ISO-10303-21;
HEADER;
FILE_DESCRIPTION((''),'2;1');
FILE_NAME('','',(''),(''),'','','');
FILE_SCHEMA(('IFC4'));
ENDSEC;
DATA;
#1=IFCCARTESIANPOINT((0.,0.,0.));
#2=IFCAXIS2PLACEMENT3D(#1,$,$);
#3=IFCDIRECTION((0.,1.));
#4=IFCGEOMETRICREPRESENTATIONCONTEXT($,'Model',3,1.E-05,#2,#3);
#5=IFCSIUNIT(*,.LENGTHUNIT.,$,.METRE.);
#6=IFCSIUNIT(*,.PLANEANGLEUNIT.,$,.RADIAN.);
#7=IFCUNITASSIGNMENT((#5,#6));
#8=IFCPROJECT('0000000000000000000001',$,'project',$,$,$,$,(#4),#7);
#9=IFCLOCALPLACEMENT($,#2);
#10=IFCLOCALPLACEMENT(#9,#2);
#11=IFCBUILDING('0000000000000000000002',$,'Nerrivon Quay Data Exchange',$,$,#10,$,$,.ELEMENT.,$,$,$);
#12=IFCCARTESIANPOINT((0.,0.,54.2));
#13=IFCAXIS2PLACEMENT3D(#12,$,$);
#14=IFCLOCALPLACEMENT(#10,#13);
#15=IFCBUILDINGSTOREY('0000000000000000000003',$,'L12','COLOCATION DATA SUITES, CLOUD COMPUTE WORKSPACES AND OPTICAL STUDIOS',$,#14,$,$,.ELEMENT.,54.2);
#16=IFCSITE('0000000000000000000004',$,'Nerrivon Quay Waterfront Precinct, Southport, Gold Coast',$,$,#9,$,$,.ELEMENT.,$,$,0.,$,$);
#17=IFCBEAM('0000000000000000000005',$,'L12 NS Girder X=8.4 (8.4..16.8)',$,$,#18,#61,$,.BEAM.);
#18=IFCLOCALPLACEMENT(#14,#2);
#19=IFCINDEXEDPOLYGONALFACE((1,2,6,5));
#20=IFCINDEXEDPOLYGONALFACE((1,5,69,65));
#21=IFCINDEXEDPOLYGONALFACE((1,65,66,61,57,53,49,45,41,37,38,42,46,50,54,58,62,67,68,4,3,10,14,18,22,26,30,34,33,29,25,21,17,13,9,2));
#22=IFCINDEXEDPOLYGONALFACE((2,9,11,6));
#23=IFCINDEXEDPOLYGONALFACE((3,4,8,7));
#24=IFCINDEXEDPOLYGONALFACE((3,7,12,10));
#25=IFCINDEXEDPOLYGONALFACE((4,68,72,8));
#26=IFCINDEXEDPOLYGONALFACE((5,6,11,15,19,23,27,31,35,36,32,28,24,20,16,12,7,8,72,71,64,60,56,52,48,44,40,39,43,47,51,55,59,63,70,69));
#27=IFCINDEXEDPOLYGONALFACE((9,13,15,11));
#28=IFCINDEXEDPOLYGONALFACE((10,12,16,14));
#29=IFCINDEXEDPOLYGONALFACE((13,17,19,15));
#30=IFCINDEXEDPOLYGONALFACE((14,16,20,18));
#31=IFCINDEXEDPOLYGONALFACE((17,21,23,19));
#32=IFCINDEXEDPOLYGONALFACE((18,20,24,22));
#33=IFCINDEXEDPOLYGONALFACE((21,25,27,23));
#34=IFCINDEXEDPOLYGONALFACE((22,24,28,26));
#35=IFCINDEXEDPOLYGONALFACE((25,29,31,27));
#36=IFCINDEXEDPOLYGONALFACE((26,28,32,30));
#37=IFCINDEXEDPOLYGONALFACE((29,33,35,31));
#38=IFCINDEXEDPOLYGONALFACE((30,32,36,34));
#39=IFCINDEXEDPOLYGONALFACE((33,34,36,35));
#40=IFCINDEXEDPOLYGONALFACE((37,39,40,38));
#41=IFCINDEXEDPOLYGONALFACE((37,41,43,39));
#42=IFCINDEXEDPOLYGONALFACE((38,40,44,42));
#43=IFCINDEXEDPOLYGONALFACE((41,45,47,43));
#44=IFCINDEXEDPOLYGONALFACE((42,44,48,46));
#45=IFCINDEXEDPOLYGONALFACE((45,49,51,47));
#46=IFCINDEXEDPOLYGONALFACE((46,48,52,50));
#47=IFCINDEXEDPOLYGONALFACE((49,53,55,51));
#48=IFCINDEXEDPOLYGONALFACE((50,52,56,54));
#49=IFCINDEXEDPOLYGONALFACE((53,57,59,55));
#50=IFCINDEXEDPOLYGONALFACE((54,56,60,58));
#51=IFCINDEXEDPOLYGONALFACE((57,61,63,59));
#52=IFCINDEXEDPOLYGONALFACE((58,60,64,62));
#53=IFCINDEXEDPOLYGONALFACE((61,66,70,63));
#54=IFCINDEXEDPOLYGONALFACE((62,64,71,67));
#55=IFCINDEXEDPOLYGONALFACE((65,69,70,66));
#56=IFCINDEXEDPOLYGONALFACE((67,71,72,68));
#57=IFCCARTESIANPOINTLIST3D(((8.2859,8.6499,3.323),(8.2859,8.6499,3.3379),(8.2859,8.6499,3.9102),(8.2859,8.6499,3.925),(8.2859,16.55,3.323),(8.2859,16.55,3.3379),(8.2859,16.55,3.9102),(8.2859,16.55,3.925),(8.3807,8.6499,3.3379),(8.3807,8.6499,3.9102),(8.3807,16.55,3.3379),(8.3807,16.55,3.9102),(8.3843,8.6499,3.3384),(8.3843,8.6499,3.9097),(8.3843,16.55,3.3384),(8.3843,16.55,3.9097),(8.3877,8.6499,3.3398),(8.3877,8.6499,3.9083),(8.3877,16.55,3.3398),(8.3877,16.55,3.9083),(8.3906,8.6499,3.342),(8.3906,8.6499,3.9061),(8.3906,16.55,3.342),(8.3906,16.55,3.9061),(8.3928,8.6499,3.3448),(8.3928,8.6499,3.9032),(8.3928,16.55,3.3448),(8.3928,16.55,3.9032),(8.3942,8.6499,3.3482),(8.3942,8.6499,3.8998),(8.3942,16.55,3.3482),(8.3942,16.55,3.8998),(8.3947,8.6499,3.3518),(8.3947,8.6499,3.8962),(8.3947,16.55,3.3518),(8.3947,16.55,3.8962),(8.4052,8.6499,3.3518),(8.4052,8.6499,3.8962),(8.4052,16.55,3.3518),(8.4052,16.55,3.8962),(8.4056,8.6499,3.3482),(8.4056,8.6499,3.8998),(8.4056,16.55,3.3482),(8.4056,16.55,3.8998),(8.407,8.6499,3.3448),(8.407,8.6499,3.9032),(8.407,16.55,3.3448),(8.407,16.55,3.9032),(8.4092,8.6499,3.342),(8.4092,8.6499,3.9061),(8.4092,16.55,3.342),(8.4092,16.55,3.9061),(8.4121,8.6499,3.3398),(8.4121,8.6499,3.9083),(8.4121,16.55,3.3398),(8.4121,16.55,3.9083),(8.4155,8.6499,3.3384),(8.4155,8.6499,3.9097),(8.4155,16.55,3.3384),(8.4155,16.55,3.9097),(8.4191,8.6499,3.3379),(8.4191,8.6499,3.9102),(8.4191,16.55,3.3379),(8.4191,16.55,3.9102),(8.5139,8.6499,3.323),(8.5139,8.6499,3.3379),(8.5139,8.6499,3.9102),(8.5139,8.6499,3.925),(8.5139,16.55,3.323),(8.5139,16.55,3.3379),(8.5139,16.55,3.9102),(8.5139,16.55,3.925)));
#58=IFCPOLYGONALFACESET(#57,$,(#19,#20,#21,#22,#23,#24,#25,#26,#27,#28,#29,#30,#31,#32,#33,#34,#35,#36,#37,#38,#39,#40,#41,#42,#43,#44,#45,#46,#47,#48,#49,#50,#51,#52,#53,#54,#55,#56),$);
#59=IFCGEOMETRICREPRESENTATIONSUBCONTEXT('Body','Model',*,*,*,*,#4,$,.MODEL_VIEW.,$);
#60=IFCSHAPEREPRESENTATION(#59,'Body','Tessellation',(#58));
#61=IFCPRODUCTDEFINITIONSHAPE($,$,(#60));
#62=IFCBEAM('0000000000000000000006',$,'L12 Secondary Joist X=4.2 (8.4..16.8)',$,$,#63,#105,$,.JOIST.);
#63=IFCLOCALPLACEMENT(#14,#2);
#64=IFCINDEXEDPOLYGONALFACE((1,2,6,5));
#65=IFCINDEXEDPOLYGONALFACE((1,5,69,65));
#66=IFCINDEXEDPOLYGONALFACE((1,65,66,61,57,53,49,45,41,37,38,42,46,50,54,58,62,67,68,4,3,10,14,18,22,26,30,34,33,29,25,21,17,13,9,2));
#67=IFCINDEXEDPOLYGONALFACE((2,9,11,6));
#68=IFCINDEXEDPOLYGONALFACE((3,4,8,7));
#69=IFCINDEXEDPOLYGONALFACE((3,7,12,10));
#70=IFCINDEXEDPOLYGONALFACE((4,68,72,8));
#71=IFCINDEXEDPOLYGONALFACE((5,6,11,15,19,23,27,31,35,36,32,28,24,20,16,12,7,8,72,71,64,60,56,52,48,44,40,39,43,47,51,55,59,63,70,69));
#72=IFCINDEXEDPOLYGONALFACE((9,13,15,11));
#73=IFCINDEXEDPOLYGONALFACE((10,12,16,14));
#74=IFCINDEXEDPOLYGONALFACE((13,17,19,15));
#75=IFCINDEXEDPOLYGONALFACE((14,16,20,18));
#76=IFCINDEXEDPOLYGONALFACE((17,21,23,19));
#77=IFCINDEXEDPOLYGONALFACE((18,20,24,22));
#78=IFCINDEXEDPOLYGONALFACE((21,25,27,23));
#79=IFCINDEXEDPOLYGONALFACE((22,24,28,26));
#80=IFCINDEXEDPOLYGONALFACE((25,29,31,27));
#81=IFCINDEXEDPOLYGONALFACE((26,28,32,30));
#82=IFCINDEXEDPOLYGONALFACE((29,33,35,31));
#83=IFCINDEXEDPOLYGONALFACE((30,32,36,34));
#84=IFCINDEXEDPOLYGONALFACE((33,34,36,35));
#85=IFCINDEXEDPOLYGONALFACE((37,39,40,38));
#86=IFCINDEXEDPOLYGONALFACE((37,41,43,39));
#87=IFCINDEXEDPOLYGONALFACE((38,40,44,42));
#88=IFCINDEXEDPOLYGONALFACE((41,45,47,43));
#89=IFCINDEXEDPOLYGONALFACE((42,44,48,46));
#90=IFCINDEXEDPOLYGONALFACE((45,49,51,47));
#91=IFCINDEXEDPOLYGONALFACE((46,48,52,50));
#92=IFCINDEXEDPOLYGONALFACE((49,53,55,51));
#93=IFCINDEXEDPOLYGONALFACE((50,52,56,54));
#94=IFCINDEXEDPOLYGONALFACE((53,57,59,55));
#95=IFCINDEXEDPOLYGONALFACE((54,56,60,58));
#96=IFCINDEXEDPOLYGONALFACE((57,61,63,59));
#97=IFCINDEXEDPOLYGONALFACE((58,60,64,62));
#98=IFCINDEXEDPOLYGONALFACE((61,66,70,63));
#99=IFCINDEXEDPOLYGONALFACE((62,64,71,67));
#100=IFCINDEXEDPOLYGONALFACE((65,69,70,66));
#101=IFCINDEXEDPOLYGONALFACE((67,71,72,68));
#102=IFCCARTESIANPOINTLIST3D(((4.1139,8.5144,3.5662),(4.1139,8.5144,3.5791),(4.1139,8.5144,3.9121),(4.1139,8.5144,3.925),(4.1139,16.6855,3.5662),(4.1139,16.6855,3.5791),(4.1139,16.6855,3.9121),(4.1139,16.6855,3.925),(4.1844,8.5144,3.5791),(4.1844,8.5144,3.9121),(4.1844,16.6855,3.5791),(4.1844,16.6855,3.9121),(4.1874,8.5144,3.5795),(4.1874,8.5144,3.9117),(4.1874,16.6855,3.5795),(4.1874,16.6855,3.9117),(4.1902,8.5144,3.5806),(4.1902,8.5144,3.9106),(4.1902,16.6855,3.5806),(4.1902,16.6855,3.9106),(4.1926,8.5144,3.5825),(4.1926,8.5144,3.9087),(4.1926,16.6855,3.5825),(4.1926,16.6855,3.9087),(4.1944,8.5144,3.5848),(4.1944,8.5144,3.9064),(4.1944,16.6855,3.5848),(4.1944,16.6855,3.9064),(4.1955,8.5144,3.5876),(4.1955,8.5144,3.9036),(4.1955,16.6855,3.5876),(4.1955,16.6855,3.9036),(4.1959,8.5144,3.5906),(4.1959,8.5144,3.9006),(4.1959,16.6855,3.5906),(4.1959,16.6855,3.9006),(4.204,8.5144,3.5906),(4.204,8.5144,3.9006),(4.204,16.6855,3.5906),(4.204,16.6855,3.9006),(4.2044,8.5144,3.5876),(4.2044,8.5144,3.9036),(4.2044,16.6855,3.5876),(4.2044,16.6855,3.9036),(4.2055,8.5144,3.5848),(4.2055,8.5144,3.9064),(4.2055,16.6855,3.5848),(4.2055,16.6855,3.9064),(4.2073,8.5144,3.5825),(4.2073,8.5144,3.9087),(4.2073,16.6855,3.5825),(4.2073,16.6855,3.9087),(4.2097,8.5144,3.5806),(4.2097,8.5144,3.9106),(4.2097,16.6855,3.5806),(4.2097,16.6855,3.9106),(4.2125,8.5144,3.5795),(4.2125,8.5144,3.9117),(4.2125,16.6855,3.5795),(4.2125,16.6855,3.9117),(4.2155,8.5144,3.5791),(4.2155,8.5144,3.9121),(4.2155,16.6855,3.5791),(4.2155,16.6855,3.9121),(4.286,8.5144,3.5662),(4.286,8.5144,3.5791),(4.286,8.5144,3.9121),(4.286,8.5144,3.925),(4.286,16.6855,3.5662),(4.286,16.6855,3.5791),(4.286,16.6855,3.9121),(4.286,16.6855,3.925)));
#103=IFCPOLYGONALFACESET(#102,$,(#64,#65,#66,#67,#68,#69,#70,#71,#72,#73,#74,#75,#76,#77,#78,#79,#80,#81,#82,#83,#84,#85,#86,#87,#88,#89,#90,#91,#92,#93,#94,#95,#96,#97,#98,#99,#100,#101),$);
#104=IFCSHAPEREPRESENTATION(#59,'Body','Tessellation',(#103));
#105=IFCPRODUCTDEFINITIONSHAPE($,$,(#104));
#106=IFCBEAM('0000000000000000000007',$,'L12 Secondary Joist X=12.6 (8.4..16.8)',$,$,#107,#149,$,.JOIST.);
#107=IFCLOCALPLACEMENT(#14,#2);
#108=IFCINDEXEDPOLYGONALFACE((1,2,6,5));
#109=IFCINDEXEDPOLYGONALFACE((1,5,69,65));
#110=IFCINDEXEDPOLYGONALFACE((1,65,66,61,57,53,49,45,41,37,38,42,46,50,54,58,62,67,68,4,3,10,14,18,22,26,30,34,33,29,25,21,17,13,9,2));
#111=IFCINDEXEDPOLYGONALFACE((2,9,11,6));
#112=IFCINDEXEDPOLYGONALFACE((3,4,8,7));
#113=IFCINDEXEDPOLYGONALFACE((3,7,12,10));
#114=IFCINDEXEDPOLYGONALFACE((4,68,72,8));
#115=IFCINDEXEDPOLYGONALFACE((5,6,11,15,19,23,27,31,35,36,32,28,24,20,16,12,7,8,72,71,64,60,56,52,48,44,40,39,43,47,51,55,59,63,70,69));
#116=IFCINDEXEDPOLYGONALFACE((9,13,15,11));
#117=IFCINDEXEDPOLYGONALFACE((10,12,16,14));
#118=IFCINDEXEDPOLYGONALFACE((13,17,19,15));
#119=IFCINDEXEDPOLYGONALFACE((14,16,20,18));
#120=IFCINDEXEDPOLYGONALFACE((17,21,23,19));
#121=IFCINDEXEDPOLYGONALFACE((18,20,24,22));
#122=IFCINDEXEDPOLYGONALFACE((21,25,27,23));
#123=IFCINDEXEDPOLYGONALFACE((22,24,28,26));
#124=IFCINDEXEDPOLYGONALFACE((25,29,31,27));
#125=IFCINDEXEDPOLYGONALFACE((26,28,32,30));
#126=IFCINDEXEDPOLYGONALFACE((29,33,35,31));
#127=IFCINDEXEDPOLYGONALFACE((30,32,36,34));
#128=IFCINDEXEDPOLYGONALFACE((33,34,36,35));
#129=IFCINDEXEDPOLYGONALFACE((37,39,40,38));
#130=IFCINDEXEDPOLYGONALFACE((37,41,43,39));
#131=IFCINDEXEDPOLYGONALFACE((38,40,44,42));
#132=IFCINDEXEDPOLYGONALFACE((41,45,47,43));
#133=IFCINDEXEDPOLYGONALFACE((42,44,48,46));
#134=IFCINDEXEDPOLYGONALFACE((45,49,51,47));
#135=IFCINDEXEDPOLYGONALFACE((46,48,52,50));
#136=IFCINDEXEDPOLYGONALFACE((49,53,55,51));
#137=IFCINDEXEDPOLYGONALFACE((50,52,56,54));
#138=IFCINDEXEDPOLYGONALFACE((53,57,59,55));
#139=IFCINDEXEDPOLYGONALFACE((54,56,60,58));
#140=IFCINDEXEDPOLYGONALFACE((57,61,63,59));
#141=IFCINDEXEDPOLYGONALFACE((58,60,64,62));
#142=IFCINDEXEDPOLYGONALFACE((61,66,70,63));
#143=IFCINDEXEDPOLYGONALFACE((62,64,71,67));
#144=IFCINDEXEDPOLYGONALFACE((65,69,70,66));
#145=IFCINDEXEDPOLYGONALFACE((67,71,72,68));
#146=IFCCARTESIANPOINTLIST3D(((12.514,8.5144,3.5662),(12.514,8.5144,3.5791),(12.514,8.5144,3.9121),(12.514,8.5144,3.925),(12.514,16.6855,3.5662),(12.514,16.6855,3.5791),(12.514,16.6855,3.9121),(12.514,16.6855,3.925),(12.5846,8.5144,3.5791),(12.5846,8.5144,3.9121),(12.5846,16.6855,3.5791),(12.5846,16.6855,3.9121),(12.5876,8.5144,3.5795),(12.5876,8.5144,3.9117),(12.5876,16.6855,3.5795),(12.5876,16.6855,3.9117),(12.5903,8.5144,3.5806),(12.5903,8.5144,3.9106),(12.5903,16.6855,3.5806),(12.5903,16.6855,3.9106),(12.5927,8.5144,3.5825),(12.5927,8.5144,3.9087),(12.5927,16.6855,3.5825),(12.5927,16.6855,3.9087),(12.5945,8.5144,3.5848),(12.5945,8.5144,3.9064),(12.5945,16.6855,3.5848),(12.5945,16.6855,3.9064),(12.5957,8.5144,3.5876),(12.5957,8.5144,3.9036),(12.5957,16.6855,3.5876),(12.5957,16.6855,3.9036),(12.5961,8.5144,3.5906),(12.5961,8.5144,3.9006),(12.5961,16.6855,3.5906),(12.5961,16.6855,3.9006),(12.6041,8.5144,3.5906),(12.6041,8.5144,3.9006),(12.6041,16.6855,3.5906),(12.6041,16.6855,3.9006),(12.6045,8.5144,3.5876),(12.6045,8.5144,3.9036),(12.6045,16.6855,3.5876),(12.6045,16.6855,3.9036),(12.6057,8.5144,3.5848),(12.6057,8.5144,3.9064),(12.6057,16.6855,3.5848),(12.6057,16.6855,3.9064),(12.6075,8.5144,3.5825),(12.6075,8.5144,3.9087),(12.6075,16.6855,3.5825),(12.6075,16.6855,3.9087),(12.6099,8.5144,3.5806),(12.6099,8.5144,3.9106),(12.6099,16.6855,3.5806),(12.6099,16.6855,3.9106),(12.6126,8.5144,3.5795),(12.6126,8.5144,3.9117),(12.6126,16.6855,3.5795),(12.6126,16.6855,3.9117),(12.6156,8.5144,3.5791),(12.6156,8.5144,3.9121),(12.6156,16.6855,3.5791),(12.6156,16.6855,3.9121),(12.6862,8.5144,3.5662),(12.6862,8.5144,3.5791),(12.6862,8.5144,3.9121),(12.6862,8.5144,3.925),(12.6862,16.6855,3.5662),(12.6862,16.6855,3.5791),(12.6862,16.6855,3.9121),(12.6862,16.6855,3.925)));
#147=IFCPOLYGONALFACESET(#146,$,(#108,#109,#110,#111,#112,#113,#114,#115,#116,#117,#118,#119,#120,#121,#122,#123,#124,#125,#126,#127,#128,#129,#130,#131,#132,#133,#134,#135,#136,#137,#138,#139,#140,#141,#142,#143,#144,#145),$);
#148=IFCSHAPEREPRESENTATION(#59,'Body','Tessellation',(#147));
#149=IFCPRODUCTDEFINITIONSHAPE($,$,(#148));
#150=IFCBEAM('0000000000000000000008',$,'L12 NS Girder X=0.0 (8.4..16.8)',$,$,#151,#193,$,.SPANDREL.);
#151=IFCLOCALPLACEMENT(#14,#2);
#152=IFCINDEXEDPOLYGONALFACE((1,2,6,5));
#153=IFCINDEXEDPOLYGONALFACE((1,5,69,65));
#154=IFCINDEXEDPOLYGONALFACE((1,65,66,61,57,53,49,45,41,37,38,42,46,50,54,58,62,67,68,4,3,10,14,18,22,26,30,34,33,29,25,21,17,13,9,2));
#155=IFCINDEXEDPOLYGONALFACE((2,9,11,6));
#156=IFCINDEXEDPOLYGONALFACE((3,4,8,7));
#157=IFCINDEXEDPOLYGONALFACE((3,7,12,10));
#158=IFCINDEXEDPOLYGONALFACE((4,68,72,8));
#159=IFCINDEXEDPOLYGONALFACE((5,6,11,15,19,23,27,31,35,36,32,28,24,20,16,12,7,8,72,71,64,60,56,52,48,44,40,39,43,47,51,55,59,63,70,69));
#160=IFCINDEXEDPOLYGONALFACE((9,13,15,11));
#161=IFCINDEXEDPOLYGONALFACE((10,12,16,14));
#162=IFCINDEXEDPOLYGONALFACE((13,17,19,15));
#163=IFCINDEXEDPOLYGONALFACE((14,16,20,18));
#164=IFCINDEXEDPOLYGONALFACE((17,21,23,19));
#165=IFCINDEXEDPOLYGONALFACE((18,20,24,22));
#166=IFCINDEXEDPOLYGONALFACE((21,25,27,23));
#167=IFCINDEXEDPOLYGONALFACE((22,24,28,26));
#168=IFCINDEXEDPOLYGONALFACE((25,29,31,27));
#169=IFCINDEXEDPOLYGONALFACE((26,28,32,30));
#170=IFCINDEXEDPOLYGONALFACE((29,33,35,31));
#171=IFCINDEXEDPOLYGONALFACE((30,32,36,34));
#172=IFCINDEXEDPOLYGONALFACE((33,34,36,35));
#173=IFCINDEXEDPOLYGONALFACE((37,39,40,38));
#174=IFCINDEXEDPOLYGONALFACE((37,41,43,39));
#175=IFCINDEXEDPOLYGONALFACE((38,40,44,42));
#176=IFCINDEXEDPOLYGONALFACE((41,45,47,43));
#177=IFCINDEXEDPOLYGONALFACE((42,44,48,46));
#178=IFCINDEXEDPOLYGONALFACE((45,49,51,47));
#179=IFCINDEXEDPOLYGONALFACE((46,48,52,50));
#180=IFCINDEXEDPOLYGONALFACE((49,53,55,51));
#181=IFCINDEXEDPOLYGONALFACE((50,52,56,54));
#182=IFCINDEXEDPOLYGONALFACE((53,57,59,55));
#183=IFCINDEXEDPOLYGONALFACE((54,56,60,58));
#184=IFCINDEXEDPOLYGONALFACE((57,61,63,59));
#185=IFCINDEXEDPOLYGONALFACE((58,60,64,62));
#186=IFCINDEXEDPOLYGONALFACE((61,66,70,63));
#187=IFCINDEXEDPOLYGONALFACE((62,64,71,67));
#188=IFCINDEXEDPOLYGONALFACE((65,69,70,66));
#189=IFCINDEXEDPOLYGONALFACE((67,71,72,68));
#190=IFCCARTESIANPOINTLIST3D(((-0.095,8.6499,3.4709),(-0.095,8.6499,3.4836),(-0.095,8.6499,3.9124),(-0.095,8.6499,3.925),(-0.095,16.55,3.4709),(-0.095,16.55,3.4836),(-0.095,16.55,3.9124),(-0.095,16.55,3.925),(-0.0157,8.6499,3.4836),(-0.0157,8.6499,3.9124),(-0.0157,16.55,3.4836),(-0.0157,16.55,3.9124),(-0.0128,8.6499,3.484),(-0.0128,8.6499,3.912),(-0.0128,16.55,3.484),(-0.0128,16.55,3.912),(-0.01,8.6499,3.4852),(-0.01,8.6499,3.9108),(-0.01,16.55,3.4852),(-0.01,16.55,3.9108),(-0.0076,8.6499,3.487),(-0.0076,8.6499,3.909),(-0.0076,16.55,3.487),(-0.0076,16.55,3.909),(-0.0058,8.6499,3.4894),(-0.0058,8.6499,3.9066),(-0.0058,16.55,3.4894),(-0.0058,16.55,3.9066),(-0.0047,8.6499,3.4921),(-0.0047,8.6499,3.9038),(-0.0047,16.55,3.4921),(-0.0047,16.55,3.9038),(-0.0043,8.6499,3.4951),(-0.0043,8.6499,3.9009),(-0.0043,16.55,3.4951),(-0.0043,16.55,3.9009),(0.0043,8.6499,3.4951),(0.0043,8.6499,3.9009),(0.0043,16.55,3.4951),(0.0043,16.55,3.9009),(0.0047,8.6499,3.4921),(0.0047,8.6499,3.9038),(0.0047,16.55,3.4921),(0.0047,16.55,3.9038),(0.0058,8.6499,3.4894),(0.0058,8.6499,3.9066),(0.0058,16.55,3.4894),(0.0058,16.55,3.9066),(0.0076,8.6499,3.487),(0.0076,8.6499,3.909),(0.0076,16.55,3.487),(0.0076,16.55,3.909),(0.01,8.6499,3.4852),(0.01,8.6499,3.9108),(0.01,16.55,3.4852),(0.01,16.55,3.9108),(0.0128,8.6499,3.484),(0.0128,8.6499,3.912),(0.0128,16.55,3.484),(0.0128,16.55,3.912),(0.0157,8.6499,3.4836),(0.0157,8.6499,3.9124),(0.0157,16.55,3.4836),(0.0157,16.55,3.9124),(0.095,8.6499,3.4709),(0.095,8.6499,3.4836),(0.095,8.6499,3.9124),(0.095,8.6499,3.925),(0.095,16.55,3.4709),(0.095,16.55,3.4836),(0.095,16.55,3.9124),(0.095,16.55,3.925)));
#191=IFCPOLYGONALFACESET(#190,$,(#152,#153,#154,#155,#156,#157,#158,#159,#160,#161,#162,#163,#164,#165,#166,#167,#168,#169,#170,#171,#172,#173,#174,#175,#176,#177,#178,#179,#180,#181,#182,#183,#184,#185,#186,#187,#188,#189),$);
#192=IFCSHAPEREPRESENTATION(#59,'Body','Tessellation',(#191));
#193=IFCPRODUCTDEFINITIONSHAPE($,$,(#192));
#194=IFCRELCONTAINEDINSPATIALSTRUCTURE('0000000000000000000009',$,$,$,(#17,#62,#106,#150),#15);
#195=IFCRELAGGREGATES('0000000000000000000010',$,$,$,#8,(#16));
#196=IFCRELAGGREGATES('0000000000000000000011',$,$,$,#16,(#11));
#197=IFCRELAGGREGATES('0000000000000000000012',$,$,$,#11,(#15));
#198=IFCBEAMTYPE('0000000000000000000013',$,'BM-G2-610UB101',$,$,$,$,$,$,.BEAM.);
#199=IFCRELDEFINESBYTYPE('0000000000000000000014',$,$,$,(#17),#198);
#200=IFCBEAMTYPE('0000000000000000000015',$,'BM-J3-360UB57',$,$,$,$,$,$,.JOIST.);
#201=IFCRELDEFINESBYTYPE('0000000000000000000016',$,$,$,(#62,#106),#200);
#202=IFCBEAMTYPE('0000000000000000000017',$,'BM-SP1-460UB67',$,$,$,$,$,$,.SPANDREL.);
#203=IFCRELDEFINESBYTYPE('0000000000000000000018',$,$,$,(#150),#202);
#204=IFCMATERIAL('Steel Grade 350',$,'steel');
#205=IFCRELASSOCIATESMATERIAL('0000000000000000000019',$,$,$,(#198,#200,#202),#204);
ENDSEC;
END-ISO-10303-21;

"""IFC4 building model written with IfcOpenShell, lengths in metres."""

from ifc_helpers import new_model, si_unit, direction, frame, origin, origin_2d, place, context, subcontext, project, spatial, i_section, extrude, material, material_profile, profile_set, type_object, element, save


model = new_model("IFC4")

# Units and contexts
model_context = context("Model", 3, precision=1e-05, world=origin(), true_north=direction((0.0, 1.0)))
body_context = subcontext(model_context, "Body", "Model", "MODEL_VIEW")
ifc_project = project(units=[si_unit("LENGTHUNIT", "METRE"), si_unit("PLANEANGLEUNIT", "RADIAN")], contexts=[model_context])

# Site, building, storey
site_placement = place(None, origin())
site = spatial("IfcSite", under=ifc_project, at=site_placement, Name="Nerrivon Quay Waterfront Precinct, Southport, Gold Coast", CompositionType="ELEMENT", RefElevation=0.0)
building_placement = place(site_placement, origin())
building = spatial("IfcBuilding", under=site, at=building_placement, Name="Nerrivon Quay Data Exchange", CompositionType="ELEMENT")
storey_placement = place(building_placement, frame((0.0, 0.0, 54.2)))
storey = spatial("IfcBuildingStorey", under=building, at=storey_placement, Name="L12", Description="COLOCATION DATA SUITES, CLOUD COMPUTE WORKSPACES AND OPTICAL STUDIOS", CompositionType="ELEMENT", Elevation=54.2)

# Shared definitions
ifc_material_1 = material(Name="Steel Grade 350", Category="steel")

# Beams
ifc_material_profile_1 = material_profile(ifc_material_1, i_section(OverallWidth=0.228, OverallDepth=0.6021, WebThickness=0.0105, FlangeThickness=0.0149, FilletRadius=0.0139, at=origin_2d()), Name="610UB101")
ifc_profile_set_1 = profile_set([ifc_material_profile_1], Name="Steel Grade 350")
beam_type_1 = type_object("IfcBeamType", Name="BM-G2-610UB101", PredefinedType="BEAM", material=ifc_profile_set_1)
beam_1_placement = place(storey_placement, frame((8.3999, 8.6499, 3.624), z_axis=(0.0, 1.0, 0.0), x_axis=(-1.0, 0.0, 0.0)))
element("IfcBeam", 1, at=beam_1_placement, inside=storey, type_object=beam_type_1, Name="L12 NS Girder X=8.4 (8.4..16.8)", PredefinedType="BEAM", context=body_context, shape_type="SweptSolid", body=[
    extrude(i_section(OverallWidth=0.228, OverallDepth=0.6021, WebThickness=0.0105, FlangeThickness=0.0149, FilletRadius=0.0139, at=origin_2d()), origin(), (0.0, 0.0, 1.0), 7.9001),
])
ifc_material_profile_2 = material_profile(ifc_material_1, i_section(OverallWidth=0.1721, OverallDepth=0.3589, WebThickness=0.0081, FlangeThickness=0.0129, FilletRadius=0.0115, at=origin_2d()), Name="360UB56.7")
ifc_profile_set_2 = profile_set([ifc_material_profile_2], Name="Steel Grade 350")
beam_type_2 = type_object("IfcBeamType", Name="BM-J3-360UB57", PredefinedType="JOIST", material=ifc_profile_set_2)
for number, where, z_axis, x_axis, name in (
    (2, (4.2, 8.5144, 3.7456), (0.0, 1.0, 0.0), (-1.0, 0.0, 0.0), "L12 Secondary Joist X=4.2 (8.4..16.8)"),
    (3, (12.6001, 8.5144, 3.7456), (0.0, 1.0, 0.0), (-1.0, 0.0, 0.0), "L12 Secondary Joist X=12.6 (8.4..16.8)"),
):
    element("IfcBeam", number, at=place(storey_placement, frame(where, z_axis=z_axis, x_axis=x_axis)), inside=storey, type_object=beam_type_2, Name=name, PredefinedType="JOIST", context=body_context, shape_type="SweptSolid", body=[
        extrude(i_section(OverallWidth=0.1721, OverallDepth=0.3589, WebThickness=0.0081, FlangeThickness=0.0129, FilletRadius=0.0115, at=origin_2d()), origin(), (0.0, 0.0, 1.0), 8.1711),
    ])
ifc_material_profile_3 = material_profile(ifc_material_1, i_section(OverallWidth=0.1899, OverallDepth=0.4541, WebThickness=0.0085, FlangeThickness=0.0127, FilletRadius=0.0115, at=origin_2d()), Name="460UB67.1")
ifc_profile_set_3 = profile_set([ifc_material_profile_3], Name="Steel Grade 350")
beam_type_3 = type_object("IfcBeamType", Name="BM-SP1-460UB67", PredefinedType="SPANDREL", material=ifc_profile_set_3)
beam_2_placement = place(storey_placement, frame((0.0, 8.6499, 3.698), z_axis=(0.0, 1.0, 0.0), x_axis=(-1.0, 0.0, 0.0)))
element("IfcBeam", 4, at=beam_2_placement, inside=storey, type_object=beam_type_3, Name="L12 NS Girder X=0.0 (8.4..16.8)", PredefinedType="SPANDREL", context=body_context, shape_type="SweptSolid", body=[
    extrude(i_section(OverallWidth=0.1899, OverallDepth=0.4541, WebThickness=0.0085, FlangeThickness=0.0127, FilletRadius=0.0115, at=origin_2d()), origin(), (0.0, 0.0, 1.0), 7.9001),
])

save(model, "model.ifc")
